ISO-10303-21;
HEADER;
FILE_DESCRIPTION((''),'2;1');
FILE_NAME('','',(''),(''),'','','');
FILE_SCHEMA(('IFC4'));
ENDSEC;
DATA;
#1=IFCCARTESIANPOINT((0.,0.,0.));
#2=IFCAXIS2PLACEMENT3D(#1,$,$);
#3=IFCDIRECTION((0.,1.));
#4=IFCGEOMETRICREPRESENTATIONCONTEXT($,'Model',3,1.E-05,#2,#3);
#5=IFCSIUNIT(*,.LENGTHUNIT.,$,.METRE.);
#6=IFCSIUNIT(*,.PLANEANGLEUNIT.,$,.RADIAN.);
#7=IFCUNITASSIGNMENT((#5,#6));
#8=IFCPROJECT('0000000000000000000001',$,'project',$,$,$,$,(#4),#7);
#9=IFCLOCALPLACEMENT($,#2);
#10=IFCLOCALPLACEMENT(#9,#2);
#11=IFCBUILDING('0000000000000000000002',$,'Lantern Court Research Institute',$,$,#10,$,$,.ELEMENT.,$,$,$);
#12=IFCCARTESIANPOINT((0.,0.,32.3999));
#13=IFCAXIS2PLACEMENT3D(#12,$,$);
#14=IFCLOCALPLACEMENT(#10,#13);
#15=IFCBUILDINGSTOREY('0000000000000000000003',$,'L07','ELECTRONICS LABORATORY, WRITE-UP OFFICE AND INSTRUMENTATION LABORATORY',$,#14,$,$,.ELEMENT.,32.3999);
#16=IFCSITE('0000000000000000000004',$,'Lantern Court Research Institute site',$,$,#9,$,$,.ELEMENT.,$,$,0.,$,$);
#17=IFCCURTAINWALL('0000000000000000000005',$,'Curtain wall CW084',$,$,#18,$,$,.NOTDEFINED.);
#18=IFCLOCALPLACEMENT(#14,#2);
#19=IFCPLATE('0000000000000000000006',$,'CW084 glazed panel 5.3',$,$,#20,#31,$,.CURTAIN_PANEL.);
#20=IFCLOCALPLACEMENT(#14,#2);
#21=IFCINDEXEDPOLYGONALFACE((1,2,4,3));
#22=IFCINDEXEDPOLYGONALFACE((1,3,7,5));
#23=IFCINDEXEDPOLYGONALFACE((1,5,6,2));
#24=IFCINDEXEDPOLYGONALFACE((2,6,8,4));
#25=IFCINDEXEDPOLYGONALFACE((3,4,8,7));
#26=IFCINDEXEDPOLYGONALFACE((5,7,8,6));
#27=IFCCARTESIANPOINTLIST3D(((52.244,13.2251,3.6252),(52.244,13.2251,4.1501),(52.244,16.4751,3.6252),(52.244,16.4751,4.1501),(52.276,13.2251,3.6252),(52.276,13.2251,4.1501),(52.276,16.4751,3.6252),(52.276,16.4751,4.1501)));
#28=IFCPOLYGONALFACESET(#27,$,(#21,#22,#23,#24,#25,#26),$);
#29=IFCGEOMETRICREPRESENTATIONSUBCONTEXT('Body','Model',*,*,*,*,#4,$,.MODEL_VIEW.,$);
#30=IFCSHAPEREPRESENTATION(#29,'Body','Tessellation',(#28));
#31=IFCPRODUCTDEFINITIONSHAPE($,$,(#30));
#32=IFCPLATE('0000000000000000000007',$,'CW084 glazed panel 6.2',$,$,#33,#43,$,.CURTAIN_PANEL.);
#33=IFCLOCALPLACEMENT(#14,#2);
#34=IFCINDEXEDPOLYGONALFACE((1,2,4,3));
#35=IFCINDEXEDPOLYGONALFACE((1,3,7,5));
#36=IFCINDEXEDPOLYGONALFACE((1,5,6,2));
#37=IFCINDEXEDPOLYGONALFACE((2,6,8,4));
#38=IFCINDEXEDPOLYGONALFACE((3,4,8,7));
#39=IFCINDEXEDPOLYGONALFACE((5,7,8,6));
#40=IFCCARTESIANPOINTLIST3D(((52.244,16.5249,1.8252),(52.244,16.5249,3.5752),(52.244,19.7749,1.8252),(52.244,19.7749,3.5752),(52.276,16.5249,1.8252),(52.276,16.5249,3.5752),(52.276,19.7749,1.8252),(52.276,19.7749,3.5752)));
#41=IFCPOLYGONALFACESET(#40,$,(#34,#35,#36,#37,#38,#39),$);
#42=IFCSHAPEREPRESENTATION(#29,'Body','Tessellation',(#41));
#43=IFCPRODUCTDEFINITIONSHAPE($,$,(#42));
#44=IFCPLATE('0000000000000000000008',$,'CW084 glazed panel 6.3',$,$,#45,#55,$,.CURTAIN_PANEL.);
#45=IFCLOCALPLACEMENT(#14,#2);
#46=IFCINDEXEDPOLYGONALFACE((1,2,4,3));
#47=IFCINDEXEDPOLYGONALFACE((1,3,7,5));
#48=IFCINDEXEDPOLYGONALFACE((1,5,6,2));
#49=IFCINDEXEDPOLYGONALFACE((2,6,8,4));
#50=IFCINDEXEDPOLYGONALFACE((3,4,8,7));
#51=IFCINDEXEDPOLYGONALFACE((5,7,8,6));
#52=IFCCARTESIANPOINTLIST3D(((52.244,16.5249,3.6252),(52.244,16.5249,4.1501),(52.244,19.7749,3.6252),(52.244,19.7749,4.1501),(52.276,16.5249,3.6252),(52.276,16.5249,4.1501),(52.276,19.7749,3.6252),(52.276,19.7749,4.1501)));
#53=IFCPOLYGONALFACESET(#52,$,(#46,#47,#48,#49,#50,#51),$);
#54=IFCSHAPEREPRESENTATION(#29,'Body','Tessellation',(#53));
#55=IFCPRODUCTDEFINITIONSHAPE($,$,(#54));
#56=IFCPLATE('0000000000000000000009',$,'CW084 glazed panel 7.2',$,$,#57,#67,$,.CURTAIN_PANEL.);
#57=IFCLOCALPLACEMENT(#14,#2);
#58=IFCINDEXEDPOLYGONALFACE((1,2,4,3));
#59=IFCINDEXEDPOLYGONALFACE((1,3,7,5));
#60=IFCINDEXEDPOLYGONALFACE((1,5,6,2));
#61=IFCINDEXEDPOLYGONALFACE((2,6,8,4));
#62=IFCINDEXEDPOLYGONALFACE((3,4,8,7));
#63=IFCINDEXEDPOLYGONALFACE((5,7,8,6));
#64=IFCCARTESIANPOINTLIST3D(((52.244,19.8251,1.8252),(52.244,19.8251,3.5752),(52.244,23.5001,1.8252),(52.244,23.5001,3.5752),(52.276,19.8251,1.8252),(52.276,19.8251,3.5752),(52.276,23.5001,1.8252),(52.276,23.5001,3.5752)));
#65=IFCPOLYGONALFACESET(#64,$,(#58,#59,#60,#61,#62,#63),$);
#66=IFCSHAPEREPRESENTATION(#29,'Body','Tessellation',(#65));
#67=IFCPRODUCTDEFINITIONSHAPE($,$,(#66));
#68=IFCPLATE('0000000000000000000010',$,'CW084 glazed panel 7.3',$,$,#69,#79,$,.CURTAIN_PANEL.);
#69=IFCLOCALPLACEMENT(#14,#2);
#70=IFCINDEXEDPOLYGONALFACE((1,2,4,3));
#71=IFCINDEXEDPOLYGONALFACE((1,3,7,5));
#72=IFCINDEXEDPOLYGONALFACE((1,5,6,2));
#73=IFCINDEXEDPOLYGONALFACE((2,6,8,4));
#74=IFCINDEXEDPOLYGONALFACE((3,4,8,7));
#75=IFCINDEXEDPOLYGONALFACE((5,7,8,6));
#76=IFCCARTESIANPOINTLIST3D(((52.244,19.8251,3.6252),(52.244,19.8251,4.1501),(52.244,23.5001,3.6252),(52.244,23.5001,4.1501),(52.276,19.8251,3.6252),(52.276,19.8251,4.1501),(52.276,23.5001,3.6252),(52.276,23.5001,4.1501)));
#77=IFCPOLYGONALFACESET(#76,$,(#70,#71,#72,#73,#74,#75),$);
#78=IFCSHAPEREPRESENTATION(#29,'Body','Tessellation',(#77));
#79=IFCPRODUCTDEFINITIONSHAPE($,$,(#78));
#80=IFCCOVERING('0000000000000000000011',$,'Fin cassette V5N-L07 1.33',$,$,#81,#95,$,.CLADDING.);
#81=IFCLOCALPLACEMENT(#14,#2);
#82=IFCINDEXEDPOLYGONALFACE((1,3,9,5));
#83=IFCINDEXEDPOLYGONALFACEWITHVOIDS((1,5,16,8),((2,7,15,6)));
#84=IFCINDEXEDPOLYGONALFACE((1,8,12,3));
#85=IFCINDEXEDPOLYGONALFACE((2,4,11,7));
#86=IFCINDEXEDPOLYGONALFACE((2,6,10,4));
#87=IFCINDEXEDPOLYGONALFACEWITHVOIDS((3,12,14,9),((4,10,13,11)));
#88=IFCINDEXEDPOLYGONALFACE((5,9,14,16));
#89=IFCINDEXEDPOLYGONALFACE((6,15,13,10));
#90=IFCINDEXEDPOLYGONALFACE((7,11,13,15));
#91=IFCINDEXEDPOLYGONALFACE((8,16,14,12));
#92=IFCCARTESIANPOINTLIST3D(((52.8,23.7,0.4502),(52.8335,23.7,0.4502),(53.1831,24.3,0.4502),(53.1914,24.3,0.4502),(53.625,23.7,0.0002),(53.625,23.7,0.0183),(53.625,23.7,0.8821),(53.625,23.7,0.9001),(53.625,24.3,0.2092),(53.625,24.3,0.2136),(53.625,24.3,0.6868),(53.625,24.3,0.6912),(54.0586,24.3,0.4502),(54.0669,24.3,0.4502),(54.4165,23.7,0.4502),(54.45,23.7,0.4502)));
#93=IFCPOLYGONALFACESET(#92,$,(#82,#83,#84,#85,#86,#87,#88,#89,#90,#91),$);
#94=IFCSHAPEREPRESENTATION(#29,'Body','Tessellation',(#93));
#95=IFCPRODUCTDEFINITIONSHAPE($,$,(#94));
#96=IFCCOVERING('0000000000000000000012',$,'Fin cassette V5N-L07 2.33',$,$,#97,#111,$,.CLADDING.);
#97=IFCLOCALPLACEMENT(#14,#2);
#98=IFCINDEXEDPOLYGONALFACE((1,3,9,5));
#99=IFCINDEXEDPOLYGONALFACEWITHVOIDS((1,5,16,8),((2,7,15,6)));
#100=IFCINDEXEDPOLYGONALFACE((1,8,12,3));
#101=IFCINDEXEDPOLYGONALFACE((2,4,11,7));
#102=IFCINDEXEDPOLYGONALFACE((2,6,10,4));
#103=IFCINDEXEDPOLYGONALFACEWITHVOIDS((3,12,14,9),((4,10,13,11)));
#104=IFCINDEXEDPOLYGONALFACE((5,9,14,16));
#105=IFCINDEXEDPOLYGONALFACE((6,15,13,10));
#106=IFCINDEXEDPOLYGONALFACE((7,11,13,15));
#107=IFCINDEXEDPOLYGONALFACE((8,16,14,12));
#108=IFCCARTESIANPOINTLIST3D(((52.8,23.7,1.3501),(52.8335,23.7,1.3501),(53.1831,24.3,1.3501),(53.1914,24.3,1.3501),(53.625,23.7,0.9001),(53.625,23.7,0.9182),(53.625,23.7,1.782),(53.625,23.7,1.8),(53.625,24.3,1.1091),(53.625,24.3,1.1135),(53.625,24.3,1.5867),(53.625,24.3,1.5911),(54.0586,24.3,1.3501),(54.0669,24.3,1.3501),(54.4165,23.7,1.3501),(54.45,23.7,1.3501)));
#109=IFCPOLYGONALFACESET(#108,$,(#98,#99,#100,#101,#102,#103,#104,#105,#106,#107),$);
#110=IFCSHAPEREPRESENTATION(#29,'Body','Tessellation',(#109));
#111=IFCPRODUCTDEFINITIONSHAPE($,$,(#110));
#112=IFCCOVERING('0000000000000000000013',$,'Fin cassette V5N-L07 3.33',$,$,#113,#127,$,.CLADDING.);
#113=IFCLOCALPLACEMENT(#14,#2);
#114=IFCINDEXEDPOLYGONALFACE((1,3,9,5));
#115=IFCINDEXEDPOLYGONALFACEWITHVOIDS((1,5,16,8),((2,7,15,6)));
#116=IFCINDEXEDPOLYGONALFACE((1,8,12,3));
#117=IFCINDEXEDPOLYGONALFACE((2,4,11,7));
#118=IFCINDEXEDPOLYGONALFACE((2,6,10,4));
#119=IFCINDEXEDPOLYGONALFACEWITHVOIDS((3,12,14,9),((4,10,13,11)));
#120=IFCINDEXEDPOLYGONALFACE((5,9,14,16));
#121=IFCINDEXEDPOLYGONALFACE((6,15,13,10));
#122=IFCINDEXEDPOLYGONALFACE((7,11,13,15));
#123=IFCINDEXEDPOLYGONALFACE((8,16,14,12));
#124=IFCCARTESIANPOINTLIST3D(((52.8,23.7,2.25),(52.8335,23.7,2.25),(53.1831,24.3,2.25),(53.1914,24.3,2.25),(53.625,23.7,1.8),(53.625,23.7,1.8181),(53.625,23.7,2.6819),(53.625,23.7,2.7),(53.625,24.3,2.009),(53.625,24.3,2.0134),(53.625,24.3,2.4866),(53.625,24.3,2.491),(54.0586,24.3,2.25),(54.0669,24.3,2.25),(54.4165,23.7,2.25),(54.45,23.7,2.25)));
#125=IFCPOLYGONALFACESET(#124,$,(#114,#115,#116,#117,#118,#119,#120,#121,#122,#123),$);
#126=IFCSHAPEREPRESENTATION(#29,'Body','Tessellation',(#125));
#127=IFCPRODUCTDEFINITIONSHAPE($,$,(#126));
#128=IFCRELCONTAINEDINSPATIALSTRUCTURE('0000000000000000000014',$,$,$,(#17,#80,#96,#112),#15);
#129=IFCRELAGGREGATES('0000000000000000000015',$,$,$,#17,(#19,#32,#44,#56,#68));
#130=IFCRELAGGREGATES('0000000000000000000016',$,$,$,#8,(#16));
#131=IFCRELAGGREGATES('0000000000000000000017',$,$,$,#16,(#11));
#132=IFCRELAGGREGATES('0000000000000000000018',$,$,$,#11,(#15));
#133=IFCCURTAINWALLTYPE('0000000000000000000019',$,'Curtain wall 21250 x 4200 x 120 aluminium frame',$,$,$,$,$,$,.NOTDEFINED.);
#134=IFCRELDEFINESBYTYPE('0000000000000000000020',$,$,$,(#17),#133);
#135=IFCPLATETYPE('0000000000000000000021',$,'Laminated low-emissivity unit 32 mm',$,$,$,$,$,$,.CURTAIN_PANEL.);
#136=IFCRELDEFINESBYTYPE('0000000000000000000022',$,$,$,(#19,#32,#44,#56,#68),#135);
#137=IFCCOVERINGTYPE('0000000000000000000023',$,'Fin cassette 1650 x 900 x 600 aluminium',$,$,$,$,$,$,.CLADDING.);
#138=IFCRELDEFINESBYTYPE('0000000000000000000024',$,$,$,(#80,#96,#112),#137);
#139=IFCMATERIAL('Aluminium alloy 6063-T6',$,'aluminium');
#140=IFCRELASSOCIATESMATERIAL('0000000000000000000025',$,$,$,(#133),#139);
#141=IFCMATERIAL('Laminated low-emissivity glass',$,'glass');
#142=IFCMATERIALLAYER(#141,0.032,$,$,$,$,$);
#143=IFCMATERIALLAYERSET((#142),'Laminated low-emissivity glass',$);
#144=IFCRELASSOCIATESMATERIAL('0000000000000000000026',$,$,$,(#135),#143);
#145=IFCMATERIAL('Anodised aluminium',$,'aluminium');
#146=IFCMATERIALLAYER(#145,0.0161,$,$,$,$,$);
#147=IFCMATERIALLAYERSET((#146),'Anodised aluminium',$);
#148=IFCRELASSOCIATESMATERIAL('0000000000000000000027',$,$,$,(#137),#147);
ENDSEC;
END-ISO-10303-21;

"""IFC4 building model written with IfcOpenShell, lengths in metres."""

from ifc_helpers import new_model, entity, si_unit, direction, frame, origin, origin_2d, place, context, subcontext, project, spatial, rectangle, extrude, material, layer, layer_set, type_object, element, aggregate, save


model = new_model("IFC4")

# Units and contexts
model_context = context("Model", 3, precision=1e-05, world=origin(), true_north=direction((0.0, 1.0)))
body_context = subcontext(model_context, "Body", "Model", "MODEL_VIEW")
ifc_project = project(units=[si_unit("LENGTHUNIT", "METRE"), si_unit("PLANEANGLEUNIT", "RADIAN")], contexts=[model_context])

# Site, building, storey
site_placement = place(None, origin())
site = spatial("IfcSite", under=ifc_project, at=site_placement, Name="Lantern Court Research Institute site", CompositionType="ELEMENT", RefElevation=0.0)
building_placement = place(site_placement, origin())
building = spatial("IfcBuilding", under=site, at=building_placement, Name="Lantern Court Research Institute", CompositionType="ELEMENT")
storey_placement = place(building_placement, frame((0.0, 0.0, 32.3999)))
storey = spatial("IfcBuildingStorey", under=building, at=storey_placement, Name="L07", Description="ELECTRONICS LABORATORY, WRITE-UP OFFICE AND INSTRUMENTATION LABORATORY", CompositionType="ELEMENT", Elevation=32.3999)

# Curtain wall, plates
ifc_material_1 = material(Name="Aluminium alloy 6063-T6", Category="aluminium")
curtain_wall_type = type_object("IfcCurtainWallType", Name="Curtain wall 21250 x 4200 x 120 aluminium frame", PredefinedType="NOTDEFINED", material=ifc_material_1)
curtain_wall_placement = place(storey_placement, origin())
curtain_wall = element("IfcCurtainWall", 1, at=curtain_wall_placement, inside=storey, type_object=curtain_wall_type, Name="Curtain wall CW084", PredefinedType="NOTDEFINED")
ifc_material_2 = material(Name="Laminated low-emissivity glass", Category="glass")
ifc_layer_1 = layer(ifc_material_2, 0.032)
ifc_layer_set_1 = layer_set([ifc_layer_1], Name="Laminated low-emissivity glass")
plate_type_1 = type_object("IfcPlateType", Name="Laminated low-emissivity unit 32 mm", PredefinedType="CURTAIN_PANEL", material=ifc_layer_set_1)
plate_1_placement = place(storey_placement, frame((52.26, 14.8501, 3.6252), z_axis=(0.0, 0.0, 1.0), x_axis=(0.0, 1.0, 0.0)))
plate_1 = element("IfcPlate", 2, at=plate_1_placement, type_object=plate_type_1, Name="CW084 glazed panel 5.3", PredefinedType="CURTAIN_PANEL", context=body_context, shape_type="SweptSolid", body=[
    extrude(rectangle(XDim=3.25, YDim=0.032, at=origin_2d()), origin(), (0.0, 0.0, 1.0), 0.5249),
])
plate_2_placement = place(storey_placement, frame((52.26, 18.1499, 1.8252), z_axis=(0.0, 0.0, 1.0), x_axis=(0.0, 1.0, 0.0)))
plate_2 = element("IfcPlate", 3, at=plate_2_placement, type_object=plate_type_1, Name="CW084 glazed panel 6.2", PredefinedType="CURTAIN_PANEL", context=body_context, shape_type="SweptSolid", body=[
    extrude(rectangle(XDim=3.25, YDim=0.032, at=origin_2d()), origin(), (0.0, 0.0, 1.0), 1.75),
])
plate_3_placement = place(storey_placement, frame((52.26, 18.1499, 3.6252), z_axis=(0.0, 0.0, 1.0), x_axis=(0.0, 1.0, 0.0)))
plate_3 = element("IfcPlate", 4, at=plate_3_placement, type_object=plate_type_1, Name="CW084 glazed panel 6.3", PredefinedType="CURTAIN_PANEL", context=body_context, shape_type="SweptSolid", body=[
    extrude(rectangle(XDim=3.25, YDim=0.032, at=origin_2d()), origin(), (0.0, 0.0, 1.0), 0.5249),
])
plate_4_placement = place(storey_placement, frame((52.26, 21.6626, 1.8252), z_axis=(0.0, 0.0, 1.0), x_axis=(0.0, 1.0, 0.0)))
plate_4 = element("IfcPlate", 5, at=plate_4_placement, type_object=plate_type_1, Name="CW084 glazed panel 7.2", PredefinedType="CURTAIN_PANEL", context=body_context, shape_type="SweptSolid", body=[
    extrude(rectangle(XDim=3.675, YDim=0.032, at=origin_2d()), origin(), (0.0, 0.0, 1.0), 1.75),
])
plate_5_placement = place(storey_placement, frame((52.26, 21.6626, 3.6252), z_axis=(0.0, 0.0, 1.0), x_axis=(0.0, 1.0, 0.0)))
plate_5 = element("IfcPlate", 6, at=plate_5_placement, type_object=plate_type_1, Name="CW084 glazed panel 7.3", PredefinedType="CURTAIN_PANEL", context=body_context, shape_type="SweptSolid", body=[
    extrude(rectangle(XDim=3.675, YDim=0.032, at=origin_2d()), origin(), (0.0, 0.0, 1.0), 0.5249),
])
aggregate(curtain_wall, [plate_1, plate_2, plate_3, plate_4, plate_5])

# Coverings
ifc_material_3 = material(Name="Anodised aluminium", Category="aluminium")
ifc_layer_2 = layer(ifc_material_3, 0.0161)
ifc_layer_set_2 = layer_set([ifc_layer_2], Name="Anodised aluminium")
covering_type = type_object("IfcCoveringType", Name="Fin cassette 1650 x 900 x 600 aluminium", PredefinedType="CLADDING", material=ifc_layer_set_2)
covering_1_placement = place(storey_placement, frame((53.625, 23.7, 0.4502), z_axis=(0.0, 1.0, 0.0), x_axis=(-1.0, 0.0, 0.0)))
cartesian_point_1 = entity("IfcCartesianPoint", [0.825, 0.0])
cartesian_point_2 = entity("IfcCartesianPoint", [0.7915, 0.0])
cartesian_point_3 = entity("IfcCartesianPoint", [0.4419, 0.0])
cartesian_point_4 = entity("IfcCartesianPoint", [0.4336, 0.0])
element("IfcCovering", 7, at=covering_1_placement, inside=storey, type_object=covering_type, Name="Fin cassette V5N-L07 1.33", PredefinedType="CLADDING", context=body_context, shape_type="SweptSolid", body=[
    entity("IfcExtrudedAreaSolidTapered", entity("IfcArbitraryProfileDefWithVoids", "AREA", None, entity("IfcPolyline", [cartesian_point_1, entity("IfcCartesianPoint", [0.0, 0.45]), entity("IfcCartesianPoint", [-0.825, 0.0]), entity("IfcCartesianPoint", [0.0, -0.45]), cartesian_point_1]), [entity("IfcPolyline", [cartesian_point_2, entity("IfcCartesianPoint", [0.0, 0.4319]), entity("IfcCartesianPoint", [-0.7915, 0.0]), entity("IfcCartesianPoint", [0.0, -0.4319]), cartesian_point_2])]), entity("IfcAxis2Placement3D", entity("IfcCartesianPoint", [0.0, 0.0, 0.0])), entity("IfcDirection", [0.0, 0.0, 1.0]), 0.6001, entity("IfcArbitraryProfileDefWithVoids", "AREA", None, entity("IfcPolyline", [cartesian_point_3, entity("IfcCartesianPoint", [0.0, 0.241]), entity("IfcCartesianPoint", [-0.4419, 0.0]), entity("IfcCartesianPoint", [0.0, -0.241]), cartesian_point_3]), [entity("IfcPolyline", [cartesian_point_4, entity("IfcCartesianPoint", [0.0, 0.2366]), entity("IfcCartesianPoint", [-0.4336, 0.0]), entity("IfcCartesianPoint", [0.0, -0.2366]), cartesian_point_4])])),
])
covering_2_placement = place(storey_placement, frame((53.625, 23.7, 1.3501), z_axis=(0.0, 1.0, 0.0), x_axis=(-1.0, 0.0, 0.0)))
cartesian_point_5 = entity("IfcCartesianPoint", [0.825, 0.0])
cartesian_point_6 = entity("IfcCartesianPoint", [0.7915, 0.0])
cartesian_point_7 = entity("IfcCartesianPoint", [0.4419, 0.0])
cartesian_point_8 = entity("IfcCartesianPoint", [0.4336, 0.0])
element("IfcCovering", 8, at=covering_2_placement, inside=storey, type_object=covering_type, Name="Fin cassette V5N-L07 2.33", PredefinedType="CLADDING", context=body_context, shape_type="SweptSolid", body=[
    entity("IfcExtrudedAreaSolidTapered", entity("IfcArbitraryProfileDefWithVoids", "AREA", None, entity("IfcPolyline", [cartesian_point_5, entity("IfcCartesianPoint", [0.0, 0.45]), entity("IfcCartesianPoint", [-0.825, 0.0]), entity("IfcCartesianPoint", [0.0, -0.45]), cartesian_point_5]), [entity("IfcPolyline", [cartesian_point_6, entity("IfcCartesianPoint", [0.0, 0.4319]), entity("IfcCartesianPoint", [-0.7915, 0.0]), entity("IfcCartesianPoint", [0.0, -0.4319]), cartesian_point_6])]), entity("IfcAxis2Placement3D", entity("IfcCartesianPoint", [0.0, 0.0, 0.0])), entity("IfcDirection", [0.0, 0.0, 1.0]), 0.6001, entity("IfcArbitraryProfileDefWithVoids", "AREA", None, entity("IfcPolyline", [cartesian_point_7, entity("IfcCartesianPoint", [0.0, 0.241]), entity("IfcCartesianPoint", [-0.4419, 0.0]), entity("IfcCartesianPoint", [0.0, -0.241]), cartesian_point_7]), [entity("IfcPolyline", [cartesian_point_8, entity("IfcCartesianPoint", [0.0, 0.2366]), entity("IfcCartesianPoint", [-0.4336, 0.0]), entity("IfcCartesianPoint", [0.0, -0.2366]), cartesian_point_8])])),
])
covering_3_placement = place(storey_placement, frame((53.625, 23.7, 2.25), z_axis=(0.0, 1.0, 0.0), x_axis=(-1.0, 0.0, 0.0)))
cartesian_point_9 = entity("IfcCartesianPoint", [0.825, 0.0])
cartesian_point_10 = entity("IfcCartesianPoint", [0.7915, 0.0])
cartesian_point_11 = entity("IfcCartesianPoint", [0.4419, 0.0])
cartesian_point_12 = entity("IfcCartesianPoint", [0.4336, 0.0])
element("IfcCovering", 9, at=covering_3_placement, inside=storey, type_object=covering_type, Name="Fin cassette V5N-L07 3.33", PredefinedType="CLADDING", context=body_context, shape_type="SweptSolid", body=[
    entity("IfcExtrudedAreaSolidTapered", entity("IfcArbitraryProfileDefWithVoids", "AREA", None, entity("IfcPolyline", [cartesian_point_9, entity("IfcCartesianPoint", [0.0, 0.45]), entity("IfcCartesianPoint", [-0.825, 0.0]), entity("IfcCartesianPoint", [0.0, -0.45]), cartesian_point_9]), [entity("IfcPolyline", [cartesian_point_10, entity("IfcCartesianPoint", [0.0, 0.4319]), entity("IfcCartesianPoint", [-0.7915, 0.0]), entity("IfcCartesianPoint", [0.0, -0.4319]), cartesian_point_10])]), entity("IfcAxis2Placement3D", entity("IfcCartesianPoint", [0.0, 0.0, 0.0])), entity("IfcDirection", [0.0, 0.0, 1.0]), 0.6001, entity("IfcArbitraryProfileDefWithVoids", "AREA", None, entity("IfcPolyline", [cartesian_point_11, entity("IfcCartesianPoint", [0.0, 0.241]), entity("IfcCartesianPoint", [-0.4419, 0.0]), entity("IfcCartesianPoint", [0.0, -0.241]), cartesian_point_11]), [entity("IfcPolyline", [cartesian_point_12, entity("IfcCartesianPoint", [0.0, 0.2366]), entity("IfcCartesianPoint", [-0.4336, 0.0]), entity("IfcCartesianPoint", [0.0, -0.2366]), cartesian_point_12])])),
])

save(model, "model.ifc")
